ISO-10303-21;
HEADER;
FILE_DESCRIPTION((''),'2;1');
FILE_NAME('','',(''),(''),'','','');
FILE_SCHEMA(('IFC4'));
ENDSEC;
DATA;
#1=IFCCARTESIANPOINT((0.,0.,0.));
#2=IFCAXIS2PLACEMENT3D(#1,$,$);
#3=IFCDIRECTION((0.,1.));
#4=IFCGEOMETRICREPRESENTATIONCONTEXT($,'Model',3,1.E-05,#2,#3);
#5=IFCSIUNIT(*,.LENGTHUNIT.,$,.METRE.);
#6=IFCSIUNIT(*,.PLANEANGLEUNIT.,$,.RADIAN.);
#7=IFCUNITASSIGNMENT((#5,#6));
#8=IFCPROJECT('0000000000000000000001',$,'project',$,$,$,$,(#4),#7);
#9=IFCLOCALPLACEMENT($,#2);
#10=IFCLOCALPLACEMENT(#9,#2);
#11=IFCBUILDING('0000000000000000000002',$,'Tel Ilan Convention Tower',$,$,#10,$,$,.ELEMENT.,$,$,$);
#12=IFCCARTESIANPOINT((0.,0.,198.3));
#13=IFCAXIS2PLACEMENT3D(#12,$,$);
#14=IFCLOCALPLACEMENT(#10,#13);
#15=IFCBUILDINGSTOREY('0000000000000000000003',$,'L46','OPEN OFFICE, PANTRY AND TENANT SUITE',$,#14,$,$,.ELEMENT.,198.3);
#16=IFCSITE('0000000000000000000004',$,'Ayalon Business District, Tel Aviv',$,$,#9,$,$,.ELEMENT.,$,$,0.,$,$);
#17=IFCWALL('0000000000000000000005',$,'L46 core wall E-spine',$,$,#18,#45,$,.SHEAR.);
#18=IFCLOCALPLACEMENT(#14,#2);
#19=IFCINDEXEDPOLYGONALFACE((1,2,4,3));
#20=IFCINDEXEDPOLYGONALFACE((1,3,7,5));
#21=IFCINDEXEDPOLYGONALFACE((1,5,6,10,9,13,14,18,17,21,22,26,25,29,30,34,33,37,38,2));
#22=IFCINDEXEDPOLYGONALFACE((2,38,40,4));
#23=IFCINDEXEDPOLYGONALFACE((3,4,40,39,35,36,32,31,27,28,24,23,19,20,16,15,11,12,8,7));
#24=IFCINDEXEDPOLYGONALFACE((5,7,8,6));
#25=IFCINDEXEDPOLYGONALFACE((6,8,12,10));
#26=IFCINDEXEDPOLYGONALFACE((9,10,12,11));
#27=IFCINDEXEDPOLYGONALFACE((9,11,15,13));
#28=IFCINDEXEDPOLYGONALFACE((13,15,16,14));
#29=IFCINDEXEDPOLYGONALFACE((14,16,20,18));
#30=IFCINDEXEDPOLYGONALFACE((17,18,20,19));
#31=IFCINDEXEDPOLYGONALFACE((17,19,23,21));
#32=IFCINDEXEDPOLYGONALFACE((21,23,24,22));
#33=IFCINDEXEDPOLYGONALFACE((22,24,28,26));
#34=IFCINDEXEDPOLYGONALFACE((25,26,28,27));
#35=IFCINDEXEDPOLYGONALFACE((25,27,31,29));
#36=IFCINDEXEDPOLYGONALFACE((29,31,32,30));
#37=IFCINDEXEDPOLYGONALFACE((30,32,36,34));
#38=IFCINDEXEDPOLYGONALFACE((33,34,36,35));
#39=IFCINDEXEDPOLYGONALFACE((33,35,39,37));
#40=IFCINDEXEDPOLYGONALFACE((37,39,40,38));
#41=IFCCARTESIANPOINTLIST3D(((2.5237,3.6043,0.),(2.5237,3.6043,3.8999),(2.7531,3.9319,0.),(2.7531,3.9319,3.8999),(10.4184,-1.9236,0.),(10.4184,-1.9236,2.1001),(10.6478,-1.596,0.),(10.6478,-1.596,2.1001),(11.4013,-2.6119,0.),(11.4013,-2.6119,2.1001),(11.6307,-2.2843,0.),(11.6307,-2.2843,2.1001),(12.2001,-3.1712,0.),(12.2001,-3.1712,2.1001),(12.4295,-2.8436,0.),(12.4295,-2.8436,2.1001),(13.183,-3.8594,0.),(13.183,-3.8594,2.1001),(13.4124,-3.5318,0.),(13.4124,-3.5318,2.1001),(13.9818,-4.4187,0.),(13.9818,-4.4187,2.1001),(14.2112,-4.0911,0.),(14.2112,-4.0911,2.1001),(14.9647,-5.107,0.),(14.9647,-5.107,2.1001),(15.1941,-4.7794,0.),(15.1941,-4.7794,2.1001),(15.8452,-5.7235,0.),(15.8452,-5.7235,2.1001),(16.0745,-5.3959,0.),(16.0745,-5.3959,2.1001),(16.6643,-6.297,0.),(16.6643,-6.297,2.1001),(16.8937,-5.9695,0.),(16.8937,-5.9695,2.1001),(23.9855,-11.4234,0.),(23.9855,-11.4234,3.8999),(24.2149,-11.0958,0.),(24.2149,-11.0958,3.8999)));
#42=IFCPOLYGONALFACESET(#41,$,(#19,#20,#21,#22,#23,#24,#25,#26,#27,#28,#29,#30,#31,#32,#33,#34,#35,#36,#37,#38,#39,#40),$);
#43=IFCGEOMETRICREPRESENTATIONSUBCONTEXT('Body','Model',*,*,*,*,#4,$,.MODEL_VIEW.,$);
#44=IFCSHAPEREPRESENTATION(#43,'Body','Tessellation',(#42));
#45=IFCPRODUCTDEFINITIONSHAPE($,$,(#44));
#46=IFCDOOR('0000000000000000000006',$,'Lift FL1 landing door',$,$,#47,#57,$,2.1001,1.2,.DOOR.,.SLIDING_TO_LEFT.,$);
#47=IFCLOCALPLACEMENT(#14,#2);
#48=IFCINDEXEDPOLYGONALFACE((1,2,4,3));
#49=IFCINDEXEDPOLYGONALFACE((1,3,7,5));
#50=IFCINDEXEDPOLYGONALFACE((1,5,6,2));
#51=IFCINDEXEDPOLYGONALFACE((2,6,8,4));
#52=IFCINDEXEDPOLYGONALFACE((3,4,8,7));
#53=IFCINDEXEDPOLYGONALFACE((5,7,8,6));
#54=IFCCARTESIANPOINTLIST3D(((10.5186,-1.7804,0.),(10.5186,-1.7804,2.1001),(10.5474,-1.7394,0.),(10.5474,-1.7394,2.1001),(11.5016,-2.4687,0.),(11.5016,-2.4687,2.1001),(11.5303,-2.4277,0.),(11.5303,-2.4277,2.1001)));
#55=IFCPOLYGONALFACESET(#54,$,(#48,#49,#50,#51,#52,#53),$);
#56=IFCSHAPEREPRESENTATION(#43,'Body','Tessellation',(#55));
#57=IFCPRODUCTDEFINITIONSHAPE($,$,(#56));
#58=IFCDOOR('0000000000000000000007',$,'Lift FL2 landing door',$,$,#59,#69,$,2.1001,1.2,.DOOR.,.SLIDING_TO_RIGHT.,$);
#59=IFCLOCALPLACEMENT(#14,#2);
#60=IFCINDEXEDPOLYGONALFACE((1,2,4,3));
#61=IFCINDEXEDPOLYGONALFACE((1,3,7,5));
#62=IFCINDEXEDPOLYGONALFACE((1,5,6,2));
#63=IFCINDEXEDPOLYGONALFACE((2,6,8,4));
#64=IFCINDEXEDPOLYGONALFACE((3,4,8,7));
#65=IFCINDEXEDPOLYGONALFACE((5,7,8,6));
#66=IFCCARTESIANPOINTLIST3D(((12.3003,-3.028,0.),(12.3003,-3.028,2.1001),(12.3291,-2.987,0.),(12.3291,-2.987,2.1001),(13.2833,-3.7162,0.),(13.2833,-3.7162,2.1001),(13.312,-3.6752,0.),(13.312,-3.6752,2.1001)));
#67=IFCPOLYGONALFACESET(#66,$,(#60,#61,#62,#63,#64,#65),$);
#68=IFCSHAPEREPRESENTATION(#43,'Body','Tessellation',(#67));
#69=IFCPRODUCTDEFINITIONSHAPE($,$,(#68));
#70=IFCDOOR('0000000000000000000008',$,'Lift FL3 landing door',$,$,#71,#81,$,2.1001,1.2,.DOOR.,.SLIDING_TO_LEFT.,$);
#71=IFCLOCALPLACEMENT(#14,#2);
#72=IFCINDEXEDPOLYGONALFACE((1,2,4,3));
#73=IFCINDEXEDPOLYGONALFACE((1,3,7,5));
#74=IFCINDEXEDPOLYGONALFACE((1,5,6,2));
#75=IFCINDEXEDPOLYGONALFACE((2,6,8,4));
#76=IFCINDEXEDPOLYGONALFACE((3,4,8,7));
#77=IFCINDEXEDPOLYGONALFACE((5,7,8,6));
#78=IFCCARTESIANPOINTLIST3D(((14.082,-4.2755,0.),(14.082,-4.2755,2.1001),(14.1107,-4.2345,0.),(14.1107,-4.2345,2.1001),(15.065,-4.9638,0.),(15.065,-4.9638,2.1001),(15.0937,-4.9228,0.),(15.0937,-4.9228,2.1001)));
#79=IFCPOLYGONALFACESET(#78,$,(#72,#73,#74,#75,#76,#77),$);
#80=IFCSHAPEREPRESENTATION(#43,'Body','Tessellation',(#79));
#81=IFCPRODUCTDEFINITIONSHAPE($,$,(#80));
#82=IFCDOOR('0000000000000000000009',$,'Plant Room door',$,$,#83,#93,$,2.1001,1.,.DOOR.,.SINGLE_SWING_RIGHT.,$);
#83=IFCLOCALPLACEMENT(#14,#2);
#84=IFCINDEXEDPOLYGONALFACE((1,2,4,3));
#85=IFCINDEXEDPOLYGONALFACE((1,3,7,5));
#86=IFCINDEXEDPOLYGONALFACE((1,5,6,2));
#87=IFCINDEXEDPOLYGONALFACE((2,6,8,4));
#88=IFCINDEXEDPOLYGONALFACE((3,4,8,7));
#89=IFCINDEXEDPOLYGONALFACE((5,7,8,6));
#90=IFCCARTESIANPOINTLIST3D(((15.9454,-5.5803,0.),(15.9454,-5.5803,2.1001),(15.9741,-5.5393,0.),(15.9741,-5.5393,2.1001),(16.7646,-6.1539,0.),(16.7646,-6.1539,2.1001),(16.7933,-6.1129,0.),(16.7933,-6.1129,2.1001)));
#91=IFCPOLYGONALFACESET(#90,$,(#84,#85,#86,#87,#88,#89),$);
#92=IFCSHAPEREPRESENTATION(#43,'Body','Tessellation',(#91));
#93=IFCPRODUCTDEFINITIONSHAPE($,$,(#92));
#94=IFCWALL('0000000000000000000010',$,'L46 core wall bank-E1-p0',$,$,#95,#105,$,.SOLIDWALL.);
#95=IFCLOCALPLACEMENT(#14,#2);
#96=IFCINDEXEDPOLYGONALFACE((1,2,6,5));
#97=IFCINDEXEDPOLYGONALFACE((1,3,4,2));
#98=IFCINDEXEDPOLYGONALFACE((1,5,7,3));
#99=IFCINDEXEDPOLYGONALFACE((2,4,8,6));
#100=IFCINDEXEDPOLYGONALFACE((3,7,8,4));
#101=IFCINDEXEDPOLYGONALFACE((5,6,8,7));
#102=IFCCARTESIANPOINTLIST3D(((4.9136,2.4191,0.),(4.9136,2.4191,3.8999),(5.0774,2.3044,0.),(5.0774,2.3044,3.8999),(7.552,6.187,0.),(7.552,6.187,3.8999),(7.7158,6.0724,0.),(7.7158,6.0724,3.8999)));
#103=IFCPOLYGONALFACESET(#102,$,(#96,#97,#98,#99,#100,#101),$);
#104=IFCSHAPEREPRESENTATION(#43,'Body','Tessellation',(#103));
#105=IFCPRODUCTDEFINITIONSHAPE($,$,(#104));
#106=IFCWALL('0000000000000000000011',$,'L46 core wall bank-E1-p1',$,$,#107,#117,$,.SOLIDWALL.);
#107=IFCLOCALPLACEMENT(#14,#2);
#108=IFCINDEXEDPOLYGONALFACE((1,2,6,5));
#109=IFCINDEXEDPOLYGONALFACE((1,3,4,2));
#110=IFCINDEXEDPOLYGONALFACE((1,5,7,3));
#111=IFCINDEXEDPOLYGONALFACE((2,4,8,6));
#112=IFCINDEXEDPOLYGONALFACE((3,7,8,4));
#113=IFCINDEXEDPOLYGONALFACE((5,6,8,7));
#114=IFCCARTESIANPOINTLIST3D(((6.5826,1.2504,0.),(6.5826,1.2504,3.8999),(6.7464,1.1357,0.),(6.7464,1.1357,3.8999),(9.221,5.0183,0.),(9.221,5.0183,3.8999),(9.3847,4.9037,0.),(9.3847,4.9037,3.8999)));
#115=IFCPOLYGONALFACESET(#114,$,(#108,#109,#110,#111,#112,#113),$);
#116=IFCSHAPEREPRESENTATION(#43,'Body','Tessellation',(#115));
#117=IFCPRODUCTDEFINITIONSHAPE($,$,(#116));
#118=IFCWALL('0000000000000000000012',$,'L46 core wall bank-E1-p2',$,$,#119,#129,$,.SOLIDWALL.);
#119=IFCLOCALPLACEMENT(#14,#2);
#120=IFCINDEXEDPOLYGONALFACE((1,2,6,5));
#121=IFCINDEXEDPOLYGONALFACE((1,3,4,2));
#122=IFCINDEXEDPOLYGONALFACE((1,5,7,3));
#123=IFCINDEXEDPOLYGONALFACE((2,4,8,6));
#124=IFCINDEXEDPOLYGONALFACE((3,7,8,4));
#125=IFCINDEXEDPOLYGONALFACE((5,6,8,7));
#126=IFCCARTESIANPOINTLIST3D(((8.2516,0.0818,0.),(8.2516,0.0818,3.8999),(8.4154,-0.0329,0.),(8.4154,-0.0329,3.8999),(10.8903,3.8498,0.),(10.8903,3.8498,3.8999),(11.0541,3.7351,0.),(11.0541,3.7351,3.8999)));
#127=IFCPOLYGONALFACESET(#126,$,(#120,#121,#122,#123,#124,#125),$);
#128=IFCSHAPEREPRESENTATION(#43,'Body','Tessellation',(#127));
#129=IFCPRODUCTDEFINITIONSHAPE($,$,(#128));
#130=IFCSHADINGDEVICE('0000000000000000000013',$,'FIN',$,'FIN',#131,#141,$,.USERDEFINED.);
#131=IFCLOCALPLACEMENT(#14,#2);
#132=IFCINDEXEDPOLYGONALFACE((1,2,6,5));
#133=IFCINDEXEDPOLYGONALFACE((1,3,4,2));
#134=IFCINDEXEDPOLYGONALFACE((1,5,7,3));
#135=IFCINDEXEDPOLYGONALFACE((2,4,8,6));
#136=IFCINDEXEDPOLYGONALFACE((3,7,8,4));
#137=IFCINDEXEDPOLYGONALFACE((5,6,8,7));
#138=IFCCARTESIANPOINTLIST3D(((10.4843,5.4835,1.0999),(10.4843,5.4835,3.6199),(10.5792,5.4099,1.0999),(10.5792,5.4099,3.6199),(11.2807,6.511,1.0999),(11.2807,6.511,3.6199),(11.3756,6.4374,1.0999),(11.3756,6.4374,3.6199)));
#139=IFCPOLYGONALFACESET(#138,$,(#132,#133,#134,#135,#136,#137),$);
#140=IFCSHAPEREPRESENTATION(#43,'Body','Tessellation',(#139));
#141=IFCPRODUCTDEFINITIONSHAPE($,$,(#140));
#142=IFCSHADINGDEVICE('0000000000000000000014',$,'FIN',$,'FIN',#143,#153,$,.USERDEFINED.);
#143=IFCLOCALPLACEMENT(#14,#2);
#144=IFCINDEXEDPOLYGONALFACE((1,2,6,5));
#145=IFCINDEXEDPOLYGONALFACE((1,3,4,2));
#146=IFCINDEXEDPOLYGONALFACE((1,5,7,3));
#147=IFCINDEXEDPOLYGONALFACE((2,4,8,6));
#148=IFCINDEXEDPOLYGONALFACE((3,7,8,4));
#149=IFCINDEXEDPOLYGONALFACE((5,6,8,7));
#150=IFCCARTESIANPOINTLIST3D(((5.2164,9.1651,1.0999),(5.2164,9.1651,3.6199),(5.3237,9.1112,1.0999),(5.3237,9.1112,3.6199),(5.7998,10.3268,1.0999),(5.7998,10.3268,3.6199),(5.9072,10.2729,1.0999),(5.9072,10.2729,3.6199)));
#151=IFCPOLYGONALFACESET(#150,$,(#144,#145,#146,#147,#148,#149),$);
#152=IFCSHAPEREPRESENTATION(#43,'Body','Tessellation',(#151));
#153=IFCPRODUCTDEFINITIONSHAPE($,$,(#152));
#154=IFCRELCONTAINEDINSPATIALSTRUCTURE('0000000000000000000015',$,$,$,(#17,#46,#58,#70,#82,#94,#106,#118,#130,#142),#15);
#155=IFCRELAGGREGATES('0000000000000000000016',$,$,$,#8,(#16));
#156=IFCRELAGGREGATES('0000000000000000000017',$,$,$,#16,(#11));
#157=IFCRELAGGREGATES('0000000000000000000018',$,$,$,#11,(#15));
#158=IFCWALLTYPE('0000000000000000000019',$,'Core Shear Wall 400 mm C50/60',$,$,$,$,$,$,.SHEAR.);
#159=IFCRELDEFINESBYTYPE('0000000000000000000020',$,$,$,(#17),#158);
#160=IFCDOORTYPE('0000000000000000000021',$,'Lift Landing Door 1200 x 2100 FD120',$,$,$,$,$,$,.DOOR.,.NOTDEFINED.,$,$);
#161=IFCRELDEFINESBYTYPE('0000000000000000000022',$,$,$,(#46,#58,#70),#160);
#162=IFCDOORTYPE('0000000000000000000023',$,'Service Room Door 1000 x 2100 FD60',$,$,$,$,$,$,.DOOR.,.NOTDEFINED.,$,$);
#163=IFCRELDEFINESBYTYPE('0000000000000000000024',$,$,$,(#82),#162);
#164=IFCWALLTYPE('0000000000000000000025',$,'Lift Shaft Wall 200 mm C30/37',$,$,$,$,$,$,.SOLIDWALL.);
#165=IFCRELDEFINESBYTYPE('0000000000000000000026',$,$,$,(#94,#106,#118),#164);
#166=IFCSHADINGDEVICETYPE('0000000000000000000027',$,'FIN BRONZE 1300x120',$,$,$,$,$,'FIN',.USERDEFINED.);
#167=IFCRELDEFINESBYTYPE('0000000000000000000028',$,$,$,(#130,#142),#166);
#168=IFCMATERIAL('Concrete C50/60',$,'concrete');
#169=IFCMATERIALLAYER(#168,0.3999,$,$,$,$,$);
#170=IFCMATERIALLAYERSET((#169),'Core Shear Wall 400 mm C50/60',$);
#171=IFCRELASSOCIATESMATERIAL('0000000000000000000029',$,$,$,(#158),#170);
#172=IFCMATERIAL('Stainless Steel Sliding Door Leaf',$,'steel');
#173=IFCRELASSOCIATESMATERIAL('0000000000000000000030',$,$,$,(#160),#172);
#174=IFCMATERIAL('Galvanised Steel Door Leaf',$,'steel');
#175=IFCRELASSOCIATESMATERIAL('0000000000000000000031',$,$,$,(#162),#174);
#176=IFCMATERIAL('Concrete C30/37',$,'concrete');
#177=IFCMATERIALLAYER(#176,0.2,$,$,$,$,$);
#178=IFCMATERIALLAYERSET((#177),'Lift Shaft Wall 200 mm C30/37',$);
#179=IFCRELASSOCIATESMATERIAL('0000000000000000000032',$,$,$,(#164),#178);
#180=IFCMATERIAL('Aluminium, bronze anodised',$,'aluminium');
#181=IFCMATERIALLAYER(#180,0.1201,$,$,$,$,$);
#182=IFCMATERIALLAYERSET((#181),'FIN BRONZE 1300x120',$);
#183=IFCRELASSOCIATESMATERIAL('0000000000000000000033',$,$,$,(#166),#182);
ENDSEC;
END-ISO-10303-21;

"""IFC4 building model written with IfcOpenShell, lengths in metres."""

from ifc_helpers import new_model, si_unit, direction, frame, frame_2d, origin, origin_2d, place, context, subcontext, project, spatial, polyline, rectangle, outline, extrude, material, layer, layer_set, type_object, element, fill, save


model = new_model("IFC4")

# Units and contexts
model_context = context("Model", 3, precision=1e-05, world=origin(), true_north=direction((0.0, 1.0)))
body_context = subcontext(model_context, "Body", "Model", "MODEL_VIEW")
ifc_project = project(units=[si_unit("LENGTHUNIT", "METRE"), si_unit("PLANEANGLEUNIT", "RADIAN")], contexts=[model_context])

# Site, building, storey
site_placement = place(None, origin())
site = spatial("IfcSite", under=ifc_project, at=site_placement, Name="Ayalon Business District, Tel Aviv", CompositionType="ELEMENT", RefElevation=0.0)
building_placement = place(site_placement, origin())
building = spatial("IfcBuilding", under=site, at=building_placement, Name="Tel Ilan Convention Tower", CompositionType="ELEMENT")
storey_placement = place(building_placement, frame((0.0, 0.0, 198.3)))
storey = spatial("IfcBuildingStorey", under=building, at=storey_placement, Name="L46", Description="OPEN OFFICE, PANTRY AND TENANT SUITE", CompositionType="ELEMENT", Elevation=198.3)

# Wall, openings, doors
ifc_material_1 = material(Name="Concrete C50/60", Category="concrete")
ifc_layer_1 = layer(ifc_material_1, 0.3999)
ifc_layer_set_1 = layer_set([ifc_layer_1], Name="Core Shear Wall 400 mm C50/60")
wall_type_1 = type_object("IfcWallType", Name="Core Shear Wall 400 mm C50/60", PredefinedType="SHEAR", material=ifc_layer_set_1)
wall_1_placement = place(storey_placement, frame((2.6384, 3.7681, 0.0), z_axis=(0.0, 0.0, 1.0), x_axis=(0.819153, -0.573576, 0.0)))
wall_1 = element("IfcWall", 1, at=wall_1_placement, inside=storey, type_object=wall_type_1, Name="L46 core wall E-spine", PredefinedType="SHEAR", context=body_context, shape_type="SweptSolid", body=[
    extrude(outline(polyline([(0.0, 0.2), (0.0, -0.2), (26.2, -0.2), (26.2, 0.2), (0.0, 0.2)])), origin(), (0.0, 0.0, 1.0), 3.8999),
])
opening_1_placement = place(wall_1_placement, frame((9.6375, 0.0, 0.0)))
opening_1 = element("IfcOpeningElement", 2, at=opening_1_placement, cuts=wall_1, PredefinedType="OPENING", context=body_context, shape_type="SweptSolid", body=[
    extrude(rectangle(XDim=1.2, YDim=2.1001, at=frame_2d((0.6001, 1.05))), frame((0.0, 0.21, 0.0), z_axis=(0.0, -1.0, 0.0), x_axis=(1.0, 0.0, 0.0)), (0.0, 0.0, 1.0), 0.4199),
])
opening_2_placement = place(wall_1_placement, frame((11.8125, 0.0, 0.0)))
opening_2 = element("IfcOpeningElement", 3, at=opening_2_placement, cuts=wall_1, PredefinedType="OPENING", context=body_context, shape_type="SweptSolid", body=[
    extrude(rectangle(XDim=1.2, YDim=2.1001, at=frame_2d((0.6001, 1.05))), frame((0.0, 0.21, 0.0), z_axis=(0.0, -1.0, 0.0), x_axis=(1.0, 0.0, 0.0)), (0.0, 0.0, 1.0), 0.4199),
])
opening_3_placement = place(wall_1_placement, frame((13.9875, 0.0, 0.0)))
opening_3 = element("IfcOpeningElement", 4, at=opening_3_placement, cuts=wall_1, PredefinedType="OPENING", context=body_context, shape_type="SweptSolid", body=[
    extrude(rectangle(XDim=1.2, YDim=2.1001, at=frame_2d((0.6001, 1.05))), frame((0.0, 0.21, 0.0), z_axis=(0.0, -1.0, 0.0), x_axis=(1.0, 0.0, 0.0)), (0.0, 0.0, 1.0), 0.4199),
])
opening_4_placement = place(wall_1_placement, frame((16.2625, 0.0, 0.0)))
opening_4 = element("IfcOpeningElement", 5, at=opening_4_placement, cuts=wall_1, PredefinedType="OPENING", context=body_context, shape_type="SweptSolid", body=[
    extrude(rectangle(XDim=1.0, YDim=2.1001, at=frame_2d((0.5, 1.05))), frame((0.0, 0.21, 0.0), z_axis=(0.0, -1.0, 0.0), x_axis=(1.0, 0.0, 0.0)), (0.0, 0.0, 1.0), 0.4199),
])
ifc_material_2 = material(Name="Stainless Steel Sliding Door Leaf", Category="steel")
door_type_1 = type_object("IfcDoorType", Name="Lift Landing Door 1200 x 2100 FD120", OperationType="NOTDEFINED", PredefinedType="DOOR", material=ifc_material_2)
door_1_placement = place(opening_1_placement, origin())
door_1 = element("IfcDoor", 6, at=door_1_placement, inside=storey, type_object=door_type_1, Name="Lift FL1 landing door", OperationType="SLIDING_TO_LEFT", OverallHeight=2.1001, OverallWidth=1.2, PredefinedType="DOOR", context=body_context, shape_type="SweptSolid", body=[
    extrude(rectangle(XDim=1.2, YDim=2.1001, at=frame_2d((0.6001, 1.05))), frame((0.0, 0.0249, 0.0), z_axis=(0.0, -1.0, 0.0), x_axis=(1.0, 0.0, 0.0)), (0.0, 0.0, 1.0), 0.05),
])
fill(opening_1, door_1)
door_2_placement = place(opening_2_placement, origin())
door_2 = element("IfcDoor", 7, at=door_2_placement, inside=storey, type_object=door_type_1, Name="Lift FL2 landing door", OperationType="SLIDING_TO_RIGHT", OverallHeight=2.1001, OverallWidth=1.2, PredefinedType="DOOR", context=body_context, shape_type="SweptSolid", body=[
    extrude(rectangle(XDim=1.2, YDim=2.1001, at=frame_2d((0.6001, 1.05))), frame((0.0, 0.0249, 0.0), z_axis=(0.0, -1.0, 0.0), x_axis=(1.0, 0.0, 0.0)), (0.0, 0.0, 1.0), 0.05),
])
fill(opening_2, door_2)
door_3_placement = place(opening_3_placement, origin())
door_3 = element("IfcDoor", 8, at=door_3_placement, inside=storey, type_object=door_type_1, Name="Lift FL3 landing door", OperationType="SLIDING_TO_LEFT", OverallHeight=2.1001, OverallWidth=1.2, PredefinedType="DOOR", context=body_context, shape_type="SweptSolid", body=[
    extrude(rectangle(XDim=1.2, YDim=2.1001, at=frame_2d((0.6001, 1.05))), frame((0.0, 0.0249, 0.0), z_axis=(0.0, -1.0, 0.0), x_axis=(1.0, 0.0, 0.0)), (0.0, 0.0, 1.0), 0.05),
])
fill(opening_3, door_3)
ifc_material_3 = material(Name="Galvanised Steel Door Leaf", Category="steel")
door_type_2 = type_object("IfcDoorType", Name="Service Room Door 1000 x 2100 FD60", OperationType="NOTDEFINED", PredefinedType="DOOR", material=ifc_material_3)
door_4_placement = place(opening_4_placement, origin())
door_4 = element("IfcDoor", 9, at=door_4_placement, inside=storey, type_object=door_type_2, Name="Plant Room door", OperationType="SINGLE_SWING_RIGHT", OverallHeight=2.1001, OverallWidth=1.0, PredefinedType="DOOR", context=body_context, shape_type="SweptSolid", body=[
    extrude(rectangle(XDim=1.0, YDim=2.1001, at=frame_2d((0.5, 1.05))), frame((0.0, 0.0249, 0.0), z_axis=(0.0, -1.0, 0.0), x_axis=(1.0, 0.0, 0.0)), (0.0, 0.0, 1.0), 0.05),
])
fill(opening_4, door_4)

# Walls
ifc_material_4 = material(Name="Concrete C30/37", Category="concrete")
ifc_layer_2 = layer(ifc_material_4, 0.2)
ifc_layer_set_2 = layer_set([ifc_layer_2], Name="Lift Shaft Wall 200 mm C30/37")
wall_type_2 = type_object("IfcWallType", Name="Lift Shaft Wall 200 mm C30/37", PredefinedType="SOLIDWALL", material=ifc_layer_set_2)
for number, where, z_axis, x_axis, name in (
    (10, (4.9956, 2.3618, 0.0), (0.0, 0.0, 1.0), (0.573576, 0.819152, 0.0), "L46 core wall bank-E1-p0"),
    (11, (6.6646, 1.1931, 0.0), (0.0, 0.0, 1.0), (0.573576, 0.819152, 0.0), "L46 core wall bank-E1-p1"),
):
    element("IfcWall", number, at=place(storey_placement, frame(where, z_axis=z_axis, x_axis=x_axis)), inside=storey, type_object=wall_type_2, Name=name, PredefinedType="SOLIDWALL", context=body_context, shape_type="SweptSolid", body=[
        extrude(rectangle(XDim=4.5999, YDim=0.2, at=frame_2d((2.2998, 0.0))), origin(), (0.0, 0.0, 1.0), 3.8999),
    ])
wall_2_placement = place(storey_placement, frame((8.3335, 0.0244, 0.0), z_axis=(0.0, 0.0, 1.0), x_axis=(0.573612, 0.819127, 0.0)))
element("IfcWall", 12, at=wall_2_placement, inside=storey, type_object=wall_type_2, Name="L46 core wall bank-E1-p2", PredefinedType="SOLIDWALL", context=body_context, shape_type="SweptSolid", body=[
    extrude(rectangle(XDim=4.6001, YDim=0.2, at=frame_2d((2.3, 0.0))), origin(), (0.0, 0.0, 1.0), 3.8999),
])

# Shading devices
ifc_material_5 = material(Name="Aluminium, bronze anodised", Category="aluminium")
ifc_layer_3 = layer(ifc_material_5, 0.1201)
ifc_layer_set_3 = layer_set([ifc_layer_3], Name="FIN BRONZE 1300x120")
shading_device_type_1 = type_object("IfcShadingDeviceType", Name="FIN BRONZE 1300x120", ElementType="FIN", PredefinedType="USERDEFINED", material=ifc_layer_set_3)
for number, where, z_axis, x_axis, name in (
    (13, (10.9299, 5.9604, 1.0999), (0.0, 0.0, 1.0), (0.612601, 0.790393, 0.0), "FIN"),
    (14, (5.5618, 9.719, 1.0999), (0.0, 0.0, 1.0), (0.448799, 0.893633, 0.0), "FIN"),
):
    element("IfcShadingDevice", number, at=place(storey_placement, frame(where, z_axis=z_axis, x_axis=x_axis)), inside=storey, type_object=shading_device_type_1, Name=name, ObjectType="FIN", PredefinedType="USERDEFINED", context=body_context, shape_type="SweptSolid", body=[
        extrude(rectangle(XDim=1.3, YDim=0.1201, at=origin_2d()), origin(), (0.0, 0.0, 1.0), 2.52),
    ])

save(model, "model.ifc")
